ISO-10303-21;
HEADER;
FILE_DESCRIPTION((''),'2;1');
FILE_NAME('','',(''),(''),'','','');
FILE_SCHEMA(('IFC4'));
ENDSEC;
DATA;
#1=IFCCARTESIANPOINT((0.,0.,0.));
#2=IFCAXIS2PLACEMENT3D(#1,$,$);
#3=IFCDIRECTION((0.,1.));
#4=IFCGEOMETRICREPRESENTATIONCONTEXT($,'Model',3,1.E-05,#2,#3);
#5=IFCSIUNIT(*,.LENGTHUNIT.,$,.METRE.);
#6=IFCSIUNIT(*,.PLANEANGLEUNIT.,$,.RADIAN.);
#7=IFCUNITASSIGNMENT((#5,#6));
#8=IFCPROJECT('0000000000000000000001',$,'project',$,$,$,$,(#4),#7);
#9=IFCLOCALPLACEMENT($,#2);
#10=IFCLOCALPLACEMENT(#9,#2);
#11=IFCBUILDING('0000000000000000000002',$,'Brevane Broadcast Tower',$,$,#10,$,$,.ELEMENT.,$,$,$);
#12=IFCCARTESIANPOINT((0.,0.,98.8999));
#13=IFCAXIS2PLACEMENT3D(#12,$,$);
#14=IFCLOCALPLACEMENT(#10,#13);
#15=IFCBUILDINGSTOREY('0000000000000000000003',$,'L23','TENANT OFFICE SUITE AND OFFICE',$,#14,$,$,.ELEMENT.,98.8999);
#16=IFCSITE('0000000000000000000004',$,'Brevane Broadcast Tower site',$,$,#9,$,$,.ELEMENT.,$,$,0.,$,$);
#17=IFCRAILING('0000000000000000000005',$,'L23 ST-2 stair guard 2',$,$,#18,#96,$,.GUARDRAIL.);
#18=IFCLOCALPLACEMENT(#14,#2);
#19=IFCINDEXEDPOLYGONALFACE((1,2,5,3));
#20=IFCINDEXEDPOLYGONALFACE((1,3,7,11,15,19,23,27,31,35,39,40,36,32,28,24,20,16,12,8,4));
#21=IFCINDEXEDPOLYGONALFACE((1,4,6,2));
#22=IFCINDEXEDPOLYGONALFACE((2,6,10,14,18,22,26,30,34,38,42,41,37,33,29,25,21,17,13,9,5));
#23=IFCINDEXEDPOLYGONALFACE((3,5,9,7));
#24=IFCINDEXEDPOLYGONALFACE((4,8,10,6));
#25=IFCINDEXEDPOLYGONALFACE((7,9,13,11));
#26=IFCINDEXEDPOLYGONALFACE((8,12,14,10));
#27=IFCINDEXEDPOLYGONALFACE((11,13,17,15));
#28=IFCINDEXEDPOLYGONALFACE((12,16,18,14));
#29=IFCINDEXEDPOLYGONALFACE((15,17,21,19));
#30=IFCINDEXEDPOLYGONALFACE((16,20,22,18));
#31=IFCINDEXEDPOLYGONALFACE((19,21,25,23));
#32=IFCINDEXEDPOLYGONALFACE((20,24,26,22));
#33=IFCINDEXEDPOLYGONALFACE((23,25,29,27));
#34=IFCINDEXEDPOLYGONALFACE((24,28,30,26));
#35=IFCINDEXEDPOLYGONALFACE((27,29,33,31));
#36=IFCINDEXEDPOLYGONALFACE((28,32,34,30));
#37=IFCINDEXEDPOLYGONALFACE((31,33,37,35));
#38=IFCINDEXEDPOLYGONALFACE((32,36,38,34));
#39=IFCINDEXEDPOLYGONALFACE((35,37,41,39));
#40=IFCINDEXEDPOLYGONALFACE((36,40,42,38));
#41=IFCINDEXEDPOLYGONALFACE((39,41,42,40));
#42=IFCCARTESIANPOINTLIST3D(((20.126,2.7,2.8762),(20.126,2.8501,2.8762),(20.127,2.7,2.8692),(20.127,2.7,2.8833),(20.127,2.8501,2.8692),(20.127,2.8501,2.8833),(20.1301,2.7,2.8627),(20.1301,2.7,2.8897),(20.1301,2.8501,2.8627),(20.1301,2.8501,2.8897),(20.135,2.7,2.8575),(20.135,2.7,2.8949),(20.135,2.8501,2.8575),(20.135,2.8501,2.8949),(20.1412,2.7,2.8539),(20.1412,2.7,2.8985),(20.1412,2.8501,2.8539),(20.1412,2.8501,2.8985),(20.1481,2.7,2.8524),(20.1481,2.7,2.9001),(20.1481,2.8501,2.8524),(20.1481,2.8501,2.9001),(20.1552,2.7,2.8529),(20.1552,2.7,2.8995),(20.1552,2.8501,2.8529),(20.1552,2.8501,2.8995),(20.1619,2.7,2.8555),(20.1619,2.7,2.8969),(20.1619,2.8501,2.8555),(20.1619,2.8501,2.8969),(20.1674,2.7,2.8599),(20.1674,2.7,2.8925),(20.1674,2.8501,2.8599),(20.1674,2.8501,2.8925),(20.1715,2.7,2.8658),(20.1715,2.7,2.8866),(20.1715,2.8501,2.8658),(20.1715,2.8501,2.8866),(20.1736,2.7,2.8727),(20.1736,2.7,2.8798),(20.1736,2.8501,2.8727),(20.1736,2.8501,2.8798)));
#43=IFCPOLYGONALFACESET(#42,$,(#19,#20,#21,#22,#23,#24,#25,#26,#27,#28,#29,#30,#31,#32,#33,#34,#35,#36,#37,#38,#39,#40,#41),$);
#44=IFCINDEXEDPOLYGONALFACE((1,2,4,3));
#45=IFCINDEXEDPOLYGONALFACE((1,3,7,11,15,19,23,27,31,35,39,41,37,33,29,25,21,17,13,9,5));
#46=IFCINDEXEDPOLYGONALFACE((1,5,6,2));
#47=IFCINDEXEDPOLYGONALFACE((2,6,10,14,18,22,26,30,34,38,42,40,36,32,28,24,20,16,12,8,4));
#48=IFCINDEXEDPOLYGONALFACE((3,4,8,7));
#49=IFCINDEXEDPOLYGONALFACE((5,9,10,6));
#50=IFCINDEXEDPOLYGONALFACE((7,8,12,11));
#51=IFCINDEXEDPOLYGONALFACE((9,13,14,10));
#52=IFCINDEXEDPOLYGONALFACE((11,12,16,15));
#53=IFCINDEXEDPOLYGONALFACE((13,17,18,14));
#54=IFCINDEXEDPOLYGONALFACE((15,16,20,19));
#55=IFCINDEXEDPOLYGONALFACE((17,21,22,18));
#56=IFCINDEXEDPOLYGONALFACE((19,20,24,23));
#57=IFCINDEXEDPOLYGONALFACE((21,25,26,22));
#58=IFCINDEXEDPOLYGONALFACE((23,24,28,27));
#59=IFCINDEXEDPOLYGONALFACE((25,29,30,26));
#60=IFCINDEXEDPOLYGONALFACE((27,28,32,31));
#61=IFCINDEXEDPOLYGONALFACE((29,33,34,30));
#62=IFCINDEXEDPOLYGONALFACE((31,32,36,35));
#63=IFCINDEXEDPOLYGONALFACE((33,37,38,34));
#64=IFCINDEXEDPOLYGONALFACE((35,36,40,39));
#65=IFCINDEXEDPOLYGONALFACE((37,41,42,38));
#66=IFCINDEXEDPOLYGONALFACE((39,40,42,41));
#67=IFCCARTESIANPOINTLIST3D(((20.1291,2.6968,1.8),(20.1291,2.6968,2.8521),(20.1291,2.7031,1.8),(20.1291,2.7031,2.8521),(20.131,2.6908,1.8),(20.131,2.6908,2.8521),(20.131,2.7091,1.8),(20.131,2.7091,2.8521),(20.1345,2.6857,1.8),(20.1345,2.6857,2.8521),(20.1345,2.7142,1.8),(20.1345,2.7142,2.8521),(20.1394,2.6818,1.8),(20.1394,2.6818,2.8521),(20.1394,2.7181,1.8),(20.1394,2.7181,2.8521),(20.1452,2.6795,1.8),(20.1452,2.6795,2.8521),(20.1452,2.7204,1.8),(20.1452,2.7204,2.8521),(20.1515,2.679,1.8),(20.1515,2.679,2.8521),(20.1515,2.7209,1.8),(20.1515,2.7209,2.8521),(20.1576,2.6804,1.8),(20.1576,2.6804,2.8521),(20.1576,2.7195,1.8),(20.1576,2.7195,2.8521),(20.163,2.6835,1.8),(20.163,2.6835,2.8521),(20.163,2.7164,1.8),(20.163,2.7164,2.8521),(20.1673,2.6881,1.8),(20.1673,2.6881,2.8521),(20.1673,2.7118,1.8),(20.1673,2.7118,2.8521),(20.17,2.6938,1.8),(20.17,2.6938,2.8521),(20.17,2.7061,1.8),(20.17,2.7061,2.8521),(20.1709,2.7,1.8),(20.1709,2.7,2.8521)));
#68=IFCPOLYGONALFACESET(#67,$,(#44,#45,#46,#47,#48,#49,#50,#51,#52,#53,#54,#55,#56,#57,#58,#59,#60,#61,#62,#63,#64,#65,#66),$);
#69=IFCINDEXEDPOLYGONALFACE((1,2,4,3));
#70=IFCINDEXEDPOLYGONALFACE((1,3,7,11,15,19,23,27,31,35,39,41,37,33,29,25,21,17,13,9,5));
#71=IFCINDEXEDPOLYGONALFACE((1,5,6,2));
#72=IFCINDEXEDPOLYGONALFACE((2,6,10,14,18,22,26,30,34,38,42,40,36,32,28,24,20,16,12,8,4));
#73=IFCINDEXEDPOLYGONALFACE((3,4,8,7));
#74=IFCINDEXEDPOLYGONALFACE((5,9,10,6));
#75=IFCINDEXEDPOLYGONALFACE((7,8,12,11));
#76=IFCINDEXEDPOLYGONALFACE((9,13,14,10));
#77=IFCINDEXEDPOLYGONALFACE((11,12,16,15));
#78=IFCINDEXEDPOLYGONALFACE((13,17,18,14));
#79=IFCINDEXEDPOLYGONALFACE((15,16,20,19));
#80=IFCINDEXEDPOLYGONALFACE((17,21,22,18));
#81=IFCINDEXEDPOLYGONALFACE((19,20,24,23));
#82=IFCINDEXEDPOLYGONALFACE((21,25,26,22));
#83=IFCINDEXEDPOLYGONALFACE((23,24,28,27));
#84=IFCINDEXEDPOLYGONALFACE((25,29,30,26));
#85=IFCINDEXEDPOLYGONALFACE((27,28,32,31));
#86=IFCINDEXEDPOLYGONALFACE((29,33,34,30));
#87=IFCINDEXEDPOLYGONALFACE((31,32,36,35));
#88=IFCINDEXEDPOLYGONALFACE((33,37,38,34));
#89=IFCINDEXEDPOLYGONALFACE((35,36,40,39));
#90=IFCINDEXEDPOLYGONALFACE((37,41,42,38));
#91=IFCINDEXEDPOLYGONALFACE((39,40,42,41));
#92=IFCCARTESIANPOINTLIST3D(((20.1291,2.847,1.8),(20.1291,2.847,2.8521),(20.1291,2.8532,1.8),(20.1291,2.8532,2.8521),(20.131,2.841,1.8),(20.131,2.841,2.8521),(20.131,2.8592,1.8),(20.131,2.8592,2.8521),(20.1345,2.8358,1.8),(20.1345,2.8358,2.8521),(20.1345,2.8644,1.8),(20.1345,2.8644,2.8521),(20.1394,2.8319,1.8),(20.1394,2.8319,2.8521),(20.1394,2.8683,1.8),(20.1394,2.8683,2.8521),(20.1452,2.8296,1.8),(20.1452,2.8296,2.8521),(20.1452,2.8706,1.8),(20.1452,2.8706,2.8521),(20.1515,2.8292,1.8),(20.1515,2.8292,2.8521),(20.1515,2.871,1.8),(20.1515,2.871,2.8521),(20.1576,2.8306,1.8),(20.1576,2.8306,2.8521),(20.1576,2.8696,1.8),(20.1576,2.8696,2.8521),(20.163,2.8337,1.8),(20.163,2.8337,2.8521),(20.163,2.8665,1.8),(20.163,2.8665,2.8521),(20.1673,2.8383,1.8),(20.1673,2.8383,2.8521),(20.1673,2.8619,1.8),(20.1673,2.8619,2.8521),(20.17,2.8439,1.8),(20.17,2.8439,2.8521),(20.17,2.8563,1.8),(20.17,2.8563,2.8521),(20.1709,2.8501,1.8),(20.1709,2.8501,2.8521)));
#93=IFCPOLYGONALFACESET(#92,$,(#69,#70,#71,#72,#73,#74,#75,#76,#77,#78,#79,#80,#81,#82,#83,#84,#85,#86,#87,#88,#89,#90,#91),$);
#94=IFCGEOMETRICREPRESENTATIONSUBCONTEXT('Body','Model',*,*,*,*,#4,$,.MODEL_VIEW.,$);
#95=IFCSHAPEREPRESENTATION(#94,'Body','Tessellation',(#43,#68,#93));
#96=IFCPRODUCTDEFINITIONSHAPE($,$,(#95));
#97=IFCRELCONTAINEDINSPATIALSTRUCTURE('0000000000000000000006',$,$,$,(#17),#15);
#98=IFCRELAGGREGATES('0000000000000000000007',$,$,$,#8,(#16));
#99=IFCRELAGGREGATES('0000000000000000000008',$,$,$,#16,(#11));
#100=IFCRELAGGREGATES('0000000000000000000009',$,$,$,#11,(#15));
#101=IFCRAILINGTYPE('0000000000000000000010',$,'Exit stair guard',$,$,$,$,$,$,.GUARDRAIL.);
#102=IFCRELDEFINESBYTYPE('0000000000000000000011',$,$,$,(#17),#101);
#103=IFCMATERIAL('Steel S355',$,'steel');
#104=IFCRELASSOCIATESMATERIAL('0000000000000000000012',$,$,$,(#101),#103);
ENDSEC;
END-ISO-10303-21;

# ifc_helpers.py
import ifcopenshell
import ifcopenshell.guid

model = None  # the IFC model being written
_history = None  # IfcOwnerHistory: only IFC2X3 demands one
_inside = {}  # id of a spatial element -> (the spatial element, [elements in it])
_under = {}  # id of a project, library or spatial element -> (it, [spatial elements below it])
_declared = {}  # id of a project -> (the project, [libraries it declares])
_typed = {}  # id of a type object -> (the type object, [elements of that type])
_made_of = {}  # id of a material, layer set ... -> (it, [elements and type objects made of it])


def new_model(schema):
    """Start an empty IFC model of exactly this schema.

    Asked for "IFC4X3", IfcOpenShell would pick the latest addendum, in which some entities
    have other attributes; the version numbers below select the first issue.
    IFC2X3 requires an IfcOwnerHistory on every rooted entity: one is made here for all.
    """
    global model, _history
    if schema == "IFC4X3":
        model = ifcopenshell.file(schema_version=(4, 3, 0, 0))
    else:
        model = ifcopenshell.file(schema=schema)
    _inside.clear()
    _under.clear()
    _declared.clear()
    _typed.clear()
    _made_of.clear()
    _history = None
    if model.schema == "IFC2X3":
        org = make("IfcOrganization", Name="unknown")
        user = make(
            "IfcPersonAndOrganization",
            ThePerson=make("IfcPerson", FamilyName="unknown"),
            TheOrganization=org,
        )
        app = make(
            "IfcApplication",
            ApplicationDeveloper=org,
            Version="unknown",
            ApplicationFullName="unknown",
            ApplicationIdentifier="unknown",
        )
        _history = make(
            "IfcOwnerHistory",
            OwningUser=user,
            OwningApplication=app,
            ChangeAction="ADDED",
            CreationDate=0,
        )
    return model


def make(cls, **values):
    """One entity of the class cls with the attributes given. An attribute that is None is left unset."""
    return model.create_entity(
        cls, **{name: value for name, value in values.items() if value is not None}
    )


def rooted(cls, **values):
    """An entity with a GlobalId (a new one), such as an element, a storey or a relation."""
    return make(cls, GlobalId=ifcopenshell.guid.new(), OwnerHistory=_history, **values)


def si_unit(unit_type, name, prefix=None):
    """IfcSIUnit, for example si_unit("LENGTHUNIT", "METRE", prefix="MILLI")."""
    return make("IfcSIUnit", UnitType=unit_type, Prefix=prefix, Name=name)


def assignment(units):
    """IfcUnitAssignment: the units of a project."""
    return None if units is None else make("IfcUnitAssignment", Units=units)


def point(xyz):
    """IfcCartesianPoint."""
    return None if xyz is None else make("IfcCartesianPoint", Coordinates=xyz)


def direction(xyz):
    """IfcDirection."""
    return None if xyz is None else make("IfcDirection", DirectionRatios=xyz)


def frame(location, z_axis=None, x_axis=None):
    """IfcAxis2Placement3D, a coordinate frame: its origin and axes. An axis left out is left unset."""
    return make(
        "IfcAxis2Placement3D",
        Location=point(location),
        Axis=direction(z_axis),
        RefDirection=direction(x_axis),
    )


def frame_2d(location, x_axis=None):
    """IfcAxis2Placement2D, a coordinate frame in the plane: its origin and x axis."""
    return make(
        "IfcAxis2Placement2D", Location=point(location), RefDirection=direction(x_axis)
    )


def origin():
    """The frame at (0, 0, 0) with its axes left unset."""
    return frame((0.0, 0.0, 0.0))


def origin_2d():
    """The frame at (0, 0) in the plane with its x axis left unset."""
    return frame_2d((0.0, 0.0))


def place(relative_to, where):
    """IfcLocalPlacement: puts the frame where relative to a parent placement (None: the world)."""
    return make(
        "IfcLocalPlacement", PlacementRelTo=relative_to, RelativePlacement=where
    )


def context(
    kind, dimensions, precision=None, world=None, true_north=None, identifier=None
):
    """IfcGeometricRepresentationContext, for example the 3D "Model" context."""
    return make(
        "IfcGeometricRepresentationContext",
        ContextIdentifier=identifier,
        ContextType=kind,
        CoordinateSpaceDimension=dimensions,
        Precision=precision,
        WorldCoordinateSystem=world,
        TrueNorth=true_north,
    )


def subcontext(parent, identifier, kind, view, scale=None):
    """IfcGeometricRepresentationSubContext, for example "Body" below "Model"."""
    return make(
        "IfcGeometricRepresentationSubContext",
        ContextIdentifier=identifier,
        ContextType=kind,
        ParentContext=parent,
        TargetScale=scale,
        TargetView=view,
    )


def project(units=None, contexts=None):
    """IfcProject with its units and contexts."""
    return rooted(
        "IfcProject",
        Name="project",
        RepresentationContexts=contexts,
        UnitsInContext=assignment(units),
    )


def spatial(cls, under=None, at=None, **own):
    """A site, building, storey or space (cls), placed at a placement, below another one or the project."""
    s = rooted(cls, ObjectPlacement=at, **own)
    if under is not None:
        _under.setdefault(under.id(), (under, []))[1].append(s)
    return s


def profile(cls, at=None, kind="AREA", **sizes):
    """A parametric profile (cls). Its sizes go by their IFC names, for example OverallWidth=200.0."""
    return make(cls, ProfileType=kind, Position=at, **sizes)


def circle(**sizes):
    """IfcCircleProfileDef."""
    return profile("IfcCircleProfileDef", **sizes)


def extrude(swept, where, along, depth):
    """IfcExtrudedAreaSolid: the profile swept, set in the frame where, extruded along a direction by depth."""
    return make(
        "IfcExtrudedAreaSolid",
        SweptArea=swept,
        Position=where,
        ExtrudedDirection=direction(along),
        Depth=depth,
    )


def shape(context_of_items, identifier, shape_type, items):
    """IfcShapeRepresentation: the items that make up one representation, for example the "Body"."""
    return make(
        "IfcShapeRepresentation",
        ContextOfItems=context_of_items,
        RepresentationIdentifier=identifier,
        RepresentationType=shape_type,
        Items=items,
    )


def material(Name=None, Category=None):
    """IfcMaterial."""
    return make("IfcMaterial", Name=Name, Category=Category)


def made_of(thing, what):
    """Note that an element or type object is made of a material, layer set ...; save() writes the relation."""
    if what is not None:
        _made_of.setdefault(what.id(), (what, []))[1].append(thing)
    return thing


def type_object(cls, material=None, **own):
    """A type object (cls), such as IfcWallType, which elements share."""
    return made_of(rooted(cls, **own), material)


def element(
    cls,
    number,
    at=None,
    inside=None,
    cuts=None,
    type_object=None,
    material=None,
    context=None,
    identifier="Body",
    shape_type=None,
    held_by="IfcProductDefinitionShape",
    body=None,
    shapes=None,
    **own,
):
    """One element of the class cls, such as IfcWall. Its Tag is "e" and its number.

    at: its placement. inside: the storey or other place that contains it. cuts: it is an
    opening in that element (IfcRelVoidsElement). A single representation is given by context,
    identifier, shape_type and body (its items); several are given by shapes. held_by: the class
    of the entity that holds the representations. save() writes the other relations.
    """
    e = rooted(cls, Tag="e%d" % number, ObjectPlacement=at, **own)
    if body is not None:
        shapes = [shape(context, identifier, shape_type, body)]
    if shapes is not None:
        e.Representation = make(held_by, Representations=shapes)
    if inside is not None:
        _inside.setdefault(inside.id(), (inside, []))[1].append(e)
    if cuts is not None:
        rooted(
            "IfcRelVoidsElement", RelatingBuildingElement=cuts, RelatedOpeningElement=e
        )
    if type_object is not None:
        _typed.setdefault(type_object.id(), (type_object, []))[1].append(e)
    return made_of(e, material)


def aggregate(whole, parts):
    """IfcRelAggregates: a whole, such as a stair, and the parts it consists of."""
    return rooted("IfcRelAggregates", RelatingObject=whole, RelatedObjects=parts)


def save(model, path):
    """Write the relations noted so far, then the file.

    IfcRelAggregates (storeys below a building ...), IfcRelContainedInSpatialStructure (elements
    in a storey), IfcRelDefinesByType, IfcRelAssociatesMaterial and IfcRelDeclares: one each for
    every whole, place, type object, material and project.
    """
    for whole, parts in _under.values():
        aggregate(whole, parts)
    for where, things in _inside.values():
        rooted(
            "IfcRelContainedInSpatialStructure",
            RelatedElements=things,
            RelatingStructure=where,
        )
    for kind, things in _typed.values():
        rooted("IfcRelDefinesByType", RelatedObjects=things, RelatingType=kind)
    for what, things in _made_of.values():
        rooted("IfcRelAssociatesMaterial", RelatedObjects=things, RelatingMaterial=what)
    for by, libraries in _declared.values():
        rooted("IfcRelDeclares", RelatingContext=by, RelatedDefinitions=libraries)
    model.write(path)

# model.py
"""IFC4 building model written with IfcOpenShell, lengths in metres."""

from ifc_helpers import new_model, si_unit, direction, frame, origin, origin_2d, place, context, subcontext, project, spatial, circle, extrude, material, type_object, element, save


model = new_model("IFC4")

# Units and contexts
model_context = context("Model", 3, precision=1e-05, world=origin(), true_north=direction((0.0, 1.0)))
body_context = subcontext(model_context, "Body", "Model", "MODEL_VIEW")
ifc_project = project(units=[si_unit("LENGTHUNIT", "METRE"), si_unit("PLANEANGLEUNIT", "RADIAN")], contexts=[model_context])

# Site, building, storey
site_placement = place(None, origin())
site = spatial("IfcSite", under=ifc_project, at=site_placement, Name="Brevane Broadcast Tower site", CompositionType="ELEMENT", RefElevation=0.0)
building_placement = place(site_placement, origin())
building = spatial("IfcBuilding", under=site, at=building_placement, Name="Brevane Broadcast Tower", CompositionType="ELEMENT")
storey_placement = place(building_placement, frame((0.0, 0.0, 98.8999)))
storey = spatial("IfcBuildingStorey", under=building, at=storey_placement, Name="L23", Description="TENANT OFFICE SUITE AND OFFICE", CompositionType="ELEMENT", Elevation=98.8999)

# Railing
ifc_material_1 = material(Name="Steel S355", Category="steel")
railing_type_1 = type_object("IfcRailingType", Name="Exit stair guard", PredefinedType="GUARDRAIL", material=ifc_material_1)
railing_1_placement = place(storey_placement, frame((20.1499, 2.7, 1.8)))
element("IfcRailing", 1, at=railing_1_placement, inside=storey, type_object=railing_type_1, Name="L23 ST-2 stair guard 2", PredefinedType="GUARDRAIL", context=body_context, shape_type="SweptSolid", body=[
    extrude(circle(Radius=0.0239, at=origin_2d()), frame((0.0, 0.0, 1.0762), z_axis=(0.0, 1.0, 0.0), x_axis=(-1.0, 0.0, 0.0)), (0.0, 0.0, 1.0), 0.1501),
    extrude(circle(Radius=0.021, at=origin_2d()), origin(), (0.0, 0.0, 1.0), 1.052),
    extrude(circle(Radius=0.021, at=origin_2d()), frame((0.0, 0.1501, 0.0)), (0.0, 0.0, 1.0), 1.052),
])

save(model, "model.ifc")
